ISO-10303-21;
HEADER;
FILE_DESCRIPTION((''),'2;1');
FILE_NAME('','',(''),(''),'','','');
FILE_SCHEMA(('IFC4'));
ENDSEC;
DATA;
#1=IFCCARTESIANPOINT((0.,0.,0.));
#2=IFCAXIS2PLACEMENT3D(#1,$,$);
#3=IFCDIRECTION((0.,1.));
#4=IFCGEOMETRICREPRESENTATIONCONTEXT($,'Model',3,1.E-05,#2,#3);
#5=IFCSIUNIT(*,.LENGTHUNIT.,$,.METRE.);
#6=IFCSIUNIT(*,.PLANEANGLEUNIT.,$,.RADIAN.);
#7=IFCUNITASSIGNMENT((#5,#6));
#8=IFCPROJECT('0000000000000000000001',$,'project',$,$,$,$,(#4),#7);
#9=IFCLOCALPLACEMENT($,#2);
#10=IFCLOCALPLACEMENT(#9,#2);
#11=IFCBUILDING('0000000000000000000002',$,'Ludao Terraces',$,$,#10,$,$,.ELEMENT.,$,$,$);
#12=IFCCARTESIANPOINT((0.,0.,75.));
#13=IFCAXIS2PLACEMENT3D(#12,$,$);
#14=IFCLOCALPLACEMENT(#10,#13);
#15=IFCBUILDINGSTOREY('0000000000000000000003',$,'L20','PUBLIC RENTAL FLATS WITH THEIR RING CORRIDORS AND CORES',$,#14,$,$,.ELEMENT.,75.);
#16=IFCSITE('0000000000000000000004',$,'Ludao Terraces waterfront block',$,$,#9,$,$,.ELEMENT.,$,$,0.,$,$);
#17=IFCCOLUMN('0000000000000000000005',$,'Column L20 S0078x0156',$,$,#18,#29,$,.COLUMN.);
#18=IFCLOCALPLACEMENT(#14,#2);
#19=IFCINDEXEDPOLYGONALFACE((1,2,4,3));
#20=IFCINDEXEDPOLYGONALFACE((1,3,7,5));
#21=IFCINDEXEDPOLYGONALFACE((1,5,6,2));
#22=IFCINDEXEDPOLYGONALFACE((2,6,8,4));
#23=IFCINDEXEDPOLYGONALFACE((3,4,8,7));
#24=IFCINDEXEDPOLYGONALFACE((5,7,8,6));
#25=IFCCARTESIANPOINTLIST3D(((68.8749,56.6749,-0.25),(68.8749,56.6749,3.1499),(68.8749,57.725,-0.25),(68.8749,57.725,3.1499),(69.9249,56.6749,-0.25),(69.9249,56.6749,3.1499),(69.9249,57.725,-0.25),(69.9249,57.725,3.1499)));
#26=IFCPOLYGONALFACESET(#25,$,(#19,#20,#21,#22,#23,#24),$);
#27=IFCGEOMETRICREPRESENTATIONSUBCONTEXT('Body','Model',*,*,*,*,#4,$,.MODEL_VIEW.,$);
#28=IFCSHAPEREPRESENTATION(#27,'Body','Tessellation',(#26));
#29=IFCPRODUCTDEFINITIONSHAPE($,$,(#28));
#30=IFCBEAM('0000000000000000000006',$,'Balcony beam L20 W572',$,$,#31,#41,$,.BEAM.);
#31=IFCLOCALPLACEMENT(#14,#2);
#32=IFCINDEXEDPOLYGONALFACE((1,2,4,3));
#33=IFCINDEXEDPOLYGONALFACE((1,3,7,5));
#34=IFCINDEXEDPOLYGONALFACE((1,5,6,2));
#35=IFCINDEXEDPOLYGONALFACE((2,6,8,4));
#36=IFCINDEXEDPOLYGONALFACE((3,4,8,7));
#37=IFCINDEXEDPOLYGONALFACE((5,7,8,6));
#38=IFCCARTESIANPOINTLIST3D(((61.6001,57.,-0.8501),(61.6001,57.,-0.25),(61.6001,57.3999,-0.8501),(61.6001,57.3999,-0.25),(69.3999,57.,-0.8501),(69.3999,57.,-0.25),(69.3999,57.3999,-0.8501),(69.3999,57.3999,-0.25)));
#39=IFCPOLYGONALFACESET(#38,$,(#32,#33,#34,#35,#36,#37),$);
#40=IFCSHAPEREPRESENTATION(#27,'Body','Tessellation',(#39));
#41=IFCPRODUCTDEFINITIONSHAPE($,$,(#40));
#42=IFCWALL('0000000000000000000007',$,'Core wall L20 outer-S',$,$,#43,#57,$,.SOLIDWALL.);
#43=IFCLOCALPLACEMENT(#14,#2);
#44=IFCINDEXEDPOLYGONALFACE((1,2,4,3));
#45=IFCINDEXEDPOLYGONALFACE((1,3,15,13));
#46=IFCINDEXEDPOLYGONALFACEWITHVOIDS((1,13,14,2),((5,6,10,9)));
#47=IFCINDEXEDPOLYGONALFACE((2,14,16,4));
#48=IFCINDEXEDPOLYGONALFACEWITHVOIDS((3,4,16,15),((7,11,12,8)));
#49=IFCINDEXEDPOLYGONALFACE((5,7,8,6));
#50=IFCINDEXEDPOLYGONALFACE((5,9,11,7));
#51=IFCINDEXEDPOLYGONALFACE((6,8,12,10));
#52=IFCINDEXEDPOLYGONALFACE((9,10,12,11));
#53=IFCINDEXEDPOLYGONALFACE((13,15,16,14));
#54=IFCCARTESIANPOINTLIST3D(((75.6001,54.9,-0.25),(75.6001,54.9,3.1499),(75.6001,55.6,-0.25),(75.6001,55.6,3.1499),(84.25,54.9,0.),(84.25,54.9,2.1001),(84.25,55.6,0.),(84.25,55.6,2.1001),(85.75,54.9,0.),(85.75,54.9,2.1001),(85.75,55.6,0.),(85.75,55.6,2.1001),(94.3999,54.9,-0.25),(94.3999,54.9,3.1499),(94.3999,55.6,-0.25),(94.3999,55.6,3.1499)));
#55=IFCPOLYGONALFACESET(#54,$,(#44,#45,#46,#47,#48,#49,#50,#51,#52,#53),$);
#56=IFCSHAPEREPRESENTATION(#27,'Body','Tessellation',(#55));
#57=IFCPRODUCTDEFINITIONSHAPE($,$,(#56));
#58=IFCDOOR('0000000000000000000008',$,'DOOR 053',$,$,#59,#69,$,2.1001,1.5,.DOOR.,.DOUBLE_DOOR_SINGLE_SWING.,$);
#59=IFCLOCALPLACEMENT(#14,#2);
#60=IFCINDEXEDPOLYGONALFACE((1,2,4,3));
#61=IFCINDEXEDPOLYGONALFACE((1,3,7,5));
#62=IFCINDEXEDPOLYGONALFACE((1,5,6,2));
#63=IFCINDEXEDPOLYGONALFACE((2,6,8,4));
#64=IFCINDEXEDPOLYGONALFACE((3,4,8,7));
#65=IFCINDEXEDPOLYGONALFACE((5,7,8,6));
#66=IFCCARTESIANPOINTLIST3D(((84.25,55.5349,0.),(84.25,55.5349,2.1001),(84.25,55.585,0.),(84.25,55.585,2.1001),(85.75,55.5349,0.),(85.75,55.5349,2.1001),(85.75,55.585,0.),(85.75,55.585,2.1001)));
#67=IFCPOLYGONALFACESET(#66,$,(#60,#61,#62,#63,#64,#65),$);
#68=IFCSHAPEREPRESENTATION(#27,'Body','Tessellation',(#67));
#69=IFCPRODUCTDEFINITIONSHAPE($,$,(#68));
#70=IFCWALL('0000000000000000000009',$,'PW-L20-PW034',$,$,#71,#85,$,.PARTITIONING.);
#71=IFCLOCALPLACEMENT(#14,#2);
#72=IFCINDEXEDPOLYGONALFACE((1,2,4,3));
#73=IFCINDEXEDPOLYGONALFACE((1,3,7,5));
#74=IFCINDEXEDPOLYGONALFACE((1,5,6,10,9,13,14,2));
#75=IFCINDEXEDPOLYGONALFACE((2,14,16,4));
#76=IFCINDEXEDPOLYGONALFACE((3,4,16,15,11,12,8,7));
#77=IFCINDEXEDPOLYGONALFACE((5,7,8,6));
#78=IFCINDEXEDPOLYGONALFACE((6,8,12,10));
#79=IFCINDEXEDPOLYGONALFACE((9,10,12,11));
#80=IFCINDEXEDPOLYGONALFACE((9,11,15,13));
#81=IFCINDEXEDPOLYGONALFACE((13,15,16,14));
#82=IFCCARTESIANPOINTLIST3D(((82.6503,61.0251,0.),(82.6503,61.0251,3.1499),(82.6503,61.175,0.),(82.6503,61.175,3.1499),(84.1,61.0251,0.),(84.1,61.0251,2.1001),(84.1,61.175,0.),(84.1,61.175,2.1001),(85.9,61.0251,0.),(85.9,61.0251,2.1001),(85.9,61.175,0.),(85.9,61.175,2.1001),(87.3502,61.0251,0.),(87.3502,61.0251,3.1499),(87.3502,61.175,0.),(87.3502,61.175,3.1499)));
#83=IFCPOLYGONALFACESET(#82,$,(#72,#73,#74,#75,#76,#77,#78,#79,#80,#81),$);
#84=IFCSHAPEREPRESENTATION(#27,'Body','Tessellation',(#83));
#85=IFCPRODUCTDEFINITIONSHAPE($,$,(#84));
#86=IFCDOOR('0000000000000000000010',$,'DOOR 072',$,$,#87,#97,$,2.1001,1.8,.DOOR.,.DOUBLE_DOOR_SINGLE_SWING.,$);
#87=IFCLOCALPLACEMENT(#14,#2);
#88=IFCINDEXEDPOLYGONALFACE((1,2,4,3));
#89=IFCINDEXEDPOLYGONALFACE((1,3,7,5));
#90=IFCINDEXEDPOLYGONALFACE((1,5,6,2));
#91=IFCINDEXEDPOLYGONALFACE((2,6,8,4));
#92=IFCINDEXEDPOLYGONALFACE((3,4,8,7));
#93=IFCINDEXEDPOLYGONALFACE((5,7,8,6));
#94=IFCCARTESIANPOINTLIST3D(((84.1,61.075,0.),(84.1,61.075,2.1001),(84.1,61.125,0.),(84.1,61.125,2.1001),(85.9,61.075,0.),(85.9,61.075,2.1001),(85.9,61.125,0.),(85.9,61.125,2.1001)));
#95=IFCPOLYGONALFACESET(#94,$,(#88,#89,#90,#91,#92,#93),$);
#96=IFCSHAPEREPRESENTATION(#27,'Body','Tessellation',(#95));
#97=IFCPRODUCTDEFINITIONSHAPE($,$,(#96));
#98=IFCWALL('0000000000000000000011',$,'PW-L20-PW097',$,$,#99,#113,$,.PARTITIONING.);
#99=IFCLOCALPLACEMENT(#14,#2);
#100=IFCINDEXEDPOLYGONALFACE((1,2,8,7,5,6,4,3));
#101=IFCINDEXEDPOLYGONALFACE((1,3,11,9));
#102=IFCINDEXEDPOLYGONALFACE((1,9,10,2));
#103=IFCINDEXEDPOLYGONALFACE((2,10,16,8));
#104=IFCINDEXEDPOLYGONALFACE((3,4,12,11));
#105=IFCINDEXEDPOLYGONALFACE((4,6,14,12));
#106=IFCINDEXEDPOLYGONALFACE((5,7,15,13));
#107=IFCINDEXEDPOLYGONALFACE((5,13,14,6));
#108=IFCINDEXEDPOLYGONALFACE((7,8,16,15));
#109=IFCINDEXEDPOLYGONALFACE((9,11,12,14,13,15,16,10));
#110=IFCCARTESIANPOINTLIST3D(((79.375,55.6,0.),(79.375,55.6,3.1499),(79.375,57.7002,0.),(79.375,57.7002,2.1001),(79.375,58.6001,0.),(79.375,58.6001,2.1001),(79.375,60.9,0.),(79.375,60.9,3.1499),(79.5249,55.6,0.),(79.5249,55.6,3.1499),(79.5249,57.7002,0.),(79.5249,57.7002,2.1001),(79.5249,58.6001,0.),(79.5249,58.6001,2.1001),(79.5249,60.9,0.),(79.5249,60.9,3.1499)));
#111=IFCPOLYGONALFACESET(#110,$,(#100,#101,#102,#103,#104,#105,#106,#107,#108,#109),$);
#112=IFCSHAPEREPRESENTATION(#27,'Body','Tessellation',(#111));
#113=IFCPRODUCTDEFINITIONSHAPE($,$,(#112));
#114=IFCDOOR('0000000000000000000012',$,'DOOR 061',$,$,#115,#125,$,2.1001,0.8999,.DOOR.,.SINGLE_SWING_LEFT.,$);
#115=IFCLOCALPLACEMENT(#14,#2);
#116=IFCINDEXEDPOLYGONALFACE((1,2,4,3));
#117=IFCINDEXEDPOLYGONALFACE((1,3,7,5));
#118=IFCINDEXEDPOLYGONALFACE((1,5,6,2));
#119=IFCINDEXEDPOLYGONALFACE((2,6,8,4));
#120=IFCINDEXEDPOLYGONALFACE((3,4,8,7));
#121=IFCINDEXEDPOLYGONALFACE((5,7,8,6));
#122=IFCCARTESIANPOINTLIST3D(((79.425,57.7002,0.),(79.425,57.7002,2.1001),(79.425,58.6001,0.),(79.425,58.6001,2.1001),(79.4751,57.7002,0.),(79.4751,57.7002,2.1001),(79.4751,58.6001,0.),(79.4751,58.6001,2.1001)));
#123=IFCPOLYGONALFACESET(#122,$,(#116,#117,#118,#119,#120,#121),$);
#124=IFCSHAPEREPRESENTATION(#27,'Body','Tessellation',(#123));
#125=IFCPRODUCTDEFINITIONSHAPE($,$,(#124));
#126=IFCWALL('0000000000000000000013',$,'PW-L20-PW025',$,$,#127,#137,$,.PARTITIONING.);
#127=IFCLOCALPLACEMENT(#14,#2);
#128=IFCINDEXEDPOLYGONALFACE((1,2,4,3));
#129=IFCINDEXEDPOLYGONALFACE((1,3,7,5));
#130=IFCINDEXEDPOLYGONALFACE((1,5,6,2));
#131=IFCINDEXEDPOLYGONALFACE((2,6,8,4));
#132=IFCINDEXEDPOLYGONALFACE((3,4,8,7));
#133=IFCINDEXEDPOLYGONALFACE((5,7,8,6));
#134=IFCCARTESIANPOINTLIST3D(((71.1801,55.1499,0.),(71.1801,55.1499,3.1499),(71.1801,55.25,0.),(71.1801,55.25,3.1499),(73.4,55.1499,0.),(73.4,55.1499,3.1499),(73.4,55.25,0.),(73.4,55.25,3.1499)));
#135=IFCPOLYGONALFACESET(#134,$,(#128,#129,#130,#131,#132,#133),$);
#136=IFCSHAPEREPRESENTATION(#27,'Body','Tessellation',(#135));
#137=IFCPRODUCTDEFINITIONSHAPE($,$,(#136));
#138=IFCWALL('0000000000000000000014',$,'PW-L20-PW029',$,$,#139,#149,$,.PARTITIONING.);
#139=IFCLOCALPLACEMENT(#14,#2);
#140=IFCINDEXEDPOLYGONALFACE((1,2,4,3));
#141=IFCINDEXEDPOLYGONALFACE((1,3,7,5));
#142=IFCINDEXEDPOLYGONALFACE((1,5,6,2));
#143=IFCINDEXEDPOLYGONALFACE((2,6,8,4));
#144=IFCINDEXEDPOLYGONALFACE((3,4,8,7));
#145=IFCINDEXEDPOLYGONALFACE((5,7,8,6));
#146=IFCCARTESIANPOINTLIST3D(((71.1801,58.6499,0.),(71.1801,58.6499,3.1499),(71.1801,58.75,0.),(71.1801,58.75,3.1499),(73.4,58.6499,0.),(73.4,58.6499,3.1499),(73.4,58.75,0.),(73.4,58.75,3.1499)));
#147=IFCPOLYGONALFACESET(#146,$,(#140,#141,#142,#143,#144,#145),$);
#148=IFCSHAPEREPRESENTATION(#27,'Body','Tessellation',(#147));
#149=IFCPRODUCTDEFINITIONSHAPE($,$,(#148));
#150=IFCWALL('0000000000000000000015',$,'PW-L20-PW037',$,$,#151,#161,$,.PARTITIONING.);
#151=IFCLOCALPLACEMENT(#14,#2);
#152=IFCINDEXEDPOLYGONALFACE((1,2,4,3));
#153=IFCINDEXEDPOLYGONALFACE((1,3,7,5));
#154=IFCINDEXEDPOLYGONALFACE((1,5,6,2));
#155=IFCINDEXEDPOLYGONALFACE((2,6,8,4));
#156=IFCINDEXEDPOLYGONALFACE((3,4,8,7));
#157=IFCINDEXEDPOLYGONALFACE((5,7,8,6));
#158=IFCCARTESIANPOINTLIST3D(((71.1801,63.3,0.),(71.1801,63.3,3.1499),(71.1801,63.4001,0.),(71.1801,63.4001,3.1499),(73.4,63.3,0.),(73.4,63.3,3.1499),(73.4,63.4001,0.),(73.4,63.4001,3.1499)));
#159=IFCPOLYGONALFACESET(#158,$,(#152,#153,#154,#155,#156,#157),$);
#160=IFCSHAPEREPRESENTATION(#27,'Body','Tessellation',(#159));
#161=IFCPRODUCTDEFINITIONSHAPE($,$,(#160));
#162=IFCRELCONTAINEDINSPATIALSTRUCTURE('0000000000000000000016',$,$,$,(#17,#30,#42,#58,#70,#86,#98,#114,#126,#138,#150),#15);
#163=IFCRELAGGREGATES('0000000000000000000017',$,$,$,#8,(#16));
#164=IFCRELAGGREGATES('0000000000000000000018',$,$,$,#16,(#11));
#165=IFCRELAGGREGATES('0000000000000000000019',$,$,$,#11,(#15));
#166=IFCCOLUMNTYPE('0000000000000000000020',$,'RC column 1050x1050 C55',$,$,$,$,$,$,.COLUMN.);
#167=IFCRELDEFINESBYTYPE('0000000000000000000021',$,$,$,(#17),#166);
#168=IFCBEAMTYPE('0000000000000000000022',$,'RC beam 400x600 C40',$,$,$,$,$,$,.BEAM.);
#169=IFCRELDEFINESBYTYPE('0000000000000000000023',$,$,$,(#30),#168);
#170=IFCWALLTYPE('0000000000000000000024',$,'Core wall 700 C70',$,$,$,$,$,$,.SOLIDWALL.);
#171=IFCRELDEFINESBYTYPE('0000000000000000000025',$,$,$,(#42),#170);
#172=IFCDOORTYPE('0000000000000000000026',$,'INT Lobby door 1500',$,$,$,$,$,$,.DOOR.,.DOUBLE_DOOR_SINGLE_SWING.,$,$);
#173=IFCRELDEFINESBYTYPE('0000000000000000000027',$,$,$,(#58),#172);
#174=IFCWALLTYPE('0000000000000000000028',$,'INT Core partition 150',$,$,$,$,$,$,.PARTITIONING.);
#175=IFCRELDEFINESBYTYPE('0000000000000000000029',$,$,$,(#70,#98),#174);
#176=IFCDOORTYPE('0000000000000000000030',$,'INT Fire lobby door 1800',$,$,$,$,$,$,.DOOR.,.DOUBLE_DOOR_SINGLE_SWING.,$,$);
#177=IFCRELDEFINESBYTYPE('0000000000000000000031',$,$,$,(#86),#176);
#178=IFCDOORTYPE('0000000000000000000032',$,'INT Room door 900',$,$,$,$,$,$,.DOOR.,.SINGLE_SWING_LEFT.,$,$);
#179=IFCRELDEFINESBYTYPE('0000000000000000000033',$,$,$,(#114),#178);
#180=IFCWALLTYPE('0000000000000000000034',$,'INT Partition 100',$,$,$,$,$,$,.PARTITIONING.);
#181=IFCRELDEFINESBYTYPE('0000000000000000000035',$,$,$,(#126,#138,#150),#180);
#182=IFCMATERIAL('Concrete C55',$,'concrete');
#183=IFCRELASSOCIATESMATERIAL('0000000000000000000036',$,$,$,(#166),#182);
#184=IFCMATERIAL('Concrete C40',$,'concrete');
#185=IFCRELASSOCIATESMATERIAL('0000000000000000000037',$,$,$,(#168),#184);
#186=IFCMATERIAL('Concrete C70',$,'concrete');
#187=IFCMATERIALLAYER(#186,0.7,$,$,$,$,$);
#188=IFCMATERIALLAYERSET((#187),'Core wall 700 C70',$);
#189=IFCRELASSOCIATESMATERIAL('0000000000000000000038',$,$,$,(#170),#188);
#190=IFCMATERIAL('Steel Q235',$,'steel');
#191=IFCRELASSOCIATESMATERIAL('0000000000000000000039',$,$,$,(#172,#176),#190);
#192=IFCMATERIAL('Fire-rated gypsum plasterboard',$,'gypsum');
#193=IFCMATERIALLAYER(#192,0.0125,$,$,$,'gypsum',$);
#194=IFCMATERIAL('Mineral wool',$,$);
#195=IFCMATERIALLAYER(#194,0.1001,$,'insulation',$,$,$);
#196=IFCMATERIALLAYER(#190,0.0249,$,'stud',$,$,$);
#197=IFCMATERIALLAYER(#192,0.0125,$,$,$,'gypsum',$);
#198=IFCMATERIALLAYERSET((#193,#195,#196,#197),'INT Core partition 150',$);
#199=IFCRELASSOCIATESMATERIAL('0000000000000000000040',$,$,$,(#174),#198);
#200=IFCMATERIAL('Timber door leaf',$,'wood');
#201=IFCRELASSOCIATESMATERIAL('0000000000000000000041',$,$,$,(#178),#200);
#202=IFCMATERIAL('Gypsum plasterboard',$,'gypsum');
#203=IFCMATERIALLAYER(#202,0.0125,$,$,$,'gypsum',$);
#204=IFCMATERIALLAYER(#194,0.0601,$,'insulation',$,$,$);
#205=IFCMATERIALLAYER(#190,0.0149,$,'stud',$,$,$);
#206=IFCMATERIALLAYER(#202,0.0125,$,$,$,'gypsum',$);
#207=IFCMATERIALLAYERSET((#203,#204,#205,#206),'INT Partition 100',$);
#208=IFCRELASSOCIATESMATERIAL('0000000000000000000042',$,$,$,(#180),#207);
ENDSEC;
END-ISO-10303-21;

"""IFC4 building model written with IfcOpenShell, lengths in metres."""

from ifc_helpers import new_model, si_unit, direction, frame, frame_2d, origin, origin_2d, place, context, subcontext, project, spatial, rectangle, extrude, material, layer, layer_set, material_profile, profile_set, type_object, element, fill, save


model = new_model("IFC4")

# Units and contexts
model_context = context("Model", 3, precision=1e-05, world=origin(), true_north=direction((0.0, 1.0)))
body_context = subcontext(model_context, "Body", "Model", "MODEL_VIEW")
ifc_project = project(units=[si_unit("LENGTHUNIT", "METRE"), si_unit("PLANEANGLEUNIT", "RADIAN")], contexts=[model_context])

# Site, building, storey
site_placement = place(None, origin())
site = spatial("IfcSite", under=ifc_project, at=site_placement, Name="Ludao Terraces waterfront block", CompositionType="ELEMENT", RefElevation=0.0)
building_placement = place(site_placement, origin())
building = spatial("IfcBuilding", under=site, at=building_placement, Name="Ludao Terraces", CompositionType="ELEMENT")
storey_placement = place(building_placement, frame((0.0, 0.0, 75.0)))
storey = spatial("IfcBuildingStorey", under=building, at=storey_placement, Name="L20", Description="PUBLIC RENTAL FLATS WITH THEIR RING CORRIDORS AND CORES", CompositionType="ELEMENT", Elevation=75.0)

# Column
ifc_material_1 = material(Name="Concrete C55", Category="concrete")
ifc_material_profile_1 = material_profile(ifc_material_1, rectangle(XDim=1.05, YDim=1.05, at=origin_2d()), Name="1050 X 1050")
ifc_profile_set_1 = profile_set([ifc_material_profile_1], Name="Concrete C55")
column_type = type_object("IfcColumnType", Name="RC column 1050x1050 C55", PredefinedType="COLUMN", material=ifc_profile_set_1)
column_placement = place(storey_placement, frame((69.3999, 57.2, -0.25), z_axis=(0.0, 0.0, 1.0), x_axis=(1.0, 0.0, 0.0)))
element("IfcColumn", 1, at=column_placement, inside=storey, type_object=column_type, Name="Column L20 S0078x0156", PredefinedType="COLUMN", context=body_context, shape_type="SweptSolid", body=[
    extrude(rectangle(XDim=1.05, YDim=1.05, at=origin_2d()), origin(), (0.0, 0.0, 1.0), 3.3999),
])

# Beam
ifc_material_2 = material(Name="Concrete C40", Category="concrete")
ifc_material_profile_2 = material_profile(ifc_material_2, rectangle(XDim=0.3999, YDim=0.6001, at=origin_2d()), Name="400 X 600")
ifc_profile_set_2 = profile_set([ifc_material_profile_2], Name="Concrete C40")
beam_type = type_object("IfcBeamType", Name="RC beam 400x600 C40", PredefinedType="BEAM", material=ifc_profile_set_2)
beam_placement = place(storey_placement, frame((69.3999, 57.2, -0.55), z_axis=(-1.0, 0.0, 0.0), x_axis=(0.0, -1.0, 0.0)))
element("IfcBeam", 2, at=beam_placement, inside=storey, type_object=beam_type, Name="Balcony beam L20 W572", PredefinedType="BEAM", context=body_context, shape_type="SweptSolid", body=[
    extrude(rectangle(XDim=0.3999, YDim=0.6001, at=origin_2d()), origin(), (0.0, 0.0, 1.0), 7.7998),
])

# Walls, openings, doors
ifc_material_3 = material(Name="Concrete C70", Category="concrete")
ifc_layer_1 = layer(ifc_material_3, 0.7)
ifc_layer_set_1 = layer_set([ifc_layer_1], Name="Core wall 700 C70")
wall_type_1 = type_object("IfcWallType", Name="Core wall 700 C70", PredefinedType="SOLIDWALL", material=ifc_layer_set_1)
wall_1_placement = place(storey_placement, frame((75.6001, 55.25, -0.25), z_axis=(0.0, 0.0, 1.0), x_axis=(1.0, 0.0, 0.0)))
wall_1 = element("IfcWall", 3, at=wall_1_placement, inside=storey, type_object=wall_type_1, Name="Core wall L20 outer-S", PredefinedType="SOLIDWALL", context=body_context, shape_type="SweptSolid", body=[
    extrude(rectangle(XDim=18.7998, YDim=0.7, at=frame_2d((9.3999, 0.0))), origin(), (0.0, 0.0, 1.0), 3.3999),
])
opening_1_placement = place(wall_1_placement, frame((8.6499, 0.0, 0.25)))
opening_1 = element("IfcOpeningElement", 4, at=opening_1_placement, cuts=wall_1, PredefinedType="OPENING", context=body_context, shape_type="SweptSolid", body=[
    extrude(rectangle(XDim=1.5, YDim=2.1001, at=frame_2d((0.75, 1.05))), frame((0.0, 0.3599, 0.0), z_axis=(0.0, -1.0, 0.0), x_axis=(1.0, 0.0, 0.0)), (0.0, 0.0, 1.0), 0.72),
])
ifc_material_4 = material(Name="Steel Q235", Category="steel")
door_type_1 = type_object("IfcDoorType", Name="INT Lobby door 1500", OperationType="DOUBLE_DOOR_SINGLE_SWING", PredefinedType="DOOR", material=ifc_material_4)
door_1_placement = place(opening_1_placement, origin())
door_1 = element("IfcDoor", 5, at=door_1_placement, inside=storey, type_object=door_type_1, Name="DOOR 053", OperationType="DOUBLE_DOOR_SINGLE_SWING", OverallHeight=2.1001, OverallWidth=1.5, PredefinedType="DOOR", context=body_context, shape_type="SweptSolid", body=[
    extrude(rectangle(XDim=1.5, YDim=2.1001, at=frame_2d((0.75, 1.05))), frame((0.0, 0.335, 0.0), z_axis=(0.0, -1.0, 0.0), x_axis=(1.0, 0.0, 0.0)), (0.0, 0.0, 1.0), 0.05),
])
fill(opening_1, door_1)
ifc_material_5 = material(Name="Fire-rated gypsum plasterboard", Category="gypsum")
ifc_layer_2 = layer(ifc_material_5, 0.0125, Category="gypsum")
ifc_material_6 = material(Name="Mineral wool")
ifc_layer_3 = layer(ifc_material_6, 0.1001, Name="insulation")
ifc_layer_4 = layer(ifc_material_4, 0.0249, Name="stud")
ifc_layer_5 = layer(ifc_material_5, 0.0125, Category="gypsum")
ifc_layer_set_2 = layer_set([ifc_layer_2, ifc_layer_3, ifc_layer_4, ifc_layer_5], Name="INT Core partition 150")
wall_type_2 = type_object("IfcWallType", Name="INT Core partition 150", PredefinedType="PARTITIONING", material=ifc_layer_set_2)
wall_2_placement = place(storey_placement, frame((82.6501, 61.1001, 0.0), z_axis=(0.0, 0.0, 1.0), x_axis=(1.0, 0.0, 0.0)))
wall_2 = element("IfcWall", 6, at=wall_2_placement, inside=storey, type_object=wall_type_2, Name="PW-L20-PW034", PredefinedType="PARTITIONING", context=body_context, shape_type="SweptSolid", body=[
    extrude(rectangle(XDim=4.7, YDim=0.1499, at=frame_2d((2.3501, 0.0))), origin(), (0.0, 0.0, 1.0), 3.1499),
])
opening_2_placement = place(wall_2_placement, frame((1.45, 0.0, 0.0)))
opening_2 = element("IfcOpeningElement", 7, at=opening_2_placement, cuts=wall_2, PredefinedType="OPENING", context=body_context, shape_type="SweptSolid", body=[
    extrude(rectangle(XDim=1.8, YDim=2.1001, at=frame_2d((0.8999, 1.05))), frame((0.0, 0.085, 0.0), z_axis=(0.0, -1.0, 0.0), x_axis=(1.0, 0.0, 0.0)), (0.0, 0.0, 1.0), 0.1699),
])
door_type_2 = type_object("IfcDoorType", Name="INT Fire lobby door 1800", OperationType="DOUBLE_DOOR_SINGLE_SWING", PredefinedType="DOOR", material=ifc_material_4)
door_2_placement = place(opening_2_placement, origin())
door_2 = element("IfcDoor", 8, at=door_2_placement, inside=storey, type_object=door_type_2, Name="DOOR 072", OperationType="DOUBLE_DOOR_SINGLE_SWING", OverallHeight=2.1001, OverallWidth=1.8, PredefinedType="DOOR", context=body_context, shape_type="SweptSolid", body=[
    extrude(rectangle(XDim=1.8, YDim=2.1001, at=frame_2d((0.8999, 1.05))), frame((0.0, 0.0249, 0.0), z_axis=(0.0, -1.0, 0.0), x_axis=(1.0, 0.0, 0.0)), (0.0, 0.0, 1.0), 0.05),
])
fill(opening_2, door_2)
wall_3_placement = place(storey_placement, frame((79.45, 55.6001, 0.0), z_axis=(0.0, 0.0, 1.0), x_axis=(0.0, 1.0, 0.0)))
wall_3 = element("IfcWall", 9, at=wall_3_placement, inside=storey, type_object=wall_type_2, Name="PW-L20-PW097", PredefinedType="PARTITIONING", context=body_context, shape_type="SweptSolid", body=[
    extrude(rectangle(XDim=5.3, YDim=0.1499, at=frame_2d((2.6499, 0.0))), origin(), (0.0, 0.0, 1.0), 3.1499),
])
opening_3_placement = place(wall_3_placement, frame((2.1001, 0.0, 0.0)))
opening_3 = element("IfcOpeningElement", 10, at=opening_3_placement, cuts=wall_3, PredefinedType="OPENING", context=body_context, shape_type="SweptSolid", body=[
    extrude(rectangle(XDim=0.8999, YDim=2.1001, at=frame_2d((0.45, 1.05))), frame((0.0, 0.085, 0.0), z_axis=(0.0, -1.0, 0.0), x_axis=(1.0, 0.0, 0.0)), (0.0, 0.0, 1.0), 0.1699),
])
ifc_material_7 = material(Name="Timber door leaf", Category="wood")
door_type_3 = type_object("IfcDoorType", Name="INT Room door 900", OperationType="SINGLE_SWING_LEFT", PredefinedType="DOOR", material=ifc_material_7)
door_3_placement = place(opening_3_placement, origin())
door_3 = element("IfcDoor", 11, at=door_3_placement, inside=storey, type_object=door_type_3, Name="DOOR 061", OperationType="SINGLE_SWING_LEFT", OverallHeight=2.1001, OverallWidth=0.8999, PredefinedType="DOOR", context=body_context, shape_type="SweptSolid", body=[
    extrude(rectangle(XDim=0.8999, YDim=2.1001, at=frame_2d((0.45, 1.05))), frame((0.0, 0.0249, 0.0), z_axis=(0.0, -1.0, 0.0), x_axis=(1.0, 0.0, 0.0)), (0.0, 0.0, 1.0), 0.05),
])
fill(opening_3, door_3)

# Walls
ifc_material_8 = material(Name="Gypsum plasterboard", Category="gypsum")
ifc_layer_6 = layer(ifc_material_8, 0.0125, Category="gypsum")
ifc_layer_7 = layer(ifc_material_6, 0.0601, Name="insulation")
ifc_layer_8 = layer(ifc_material_4, 0.0149, Name="stud")
ifc_layer_9 = layer(ifc_material_8, 0.0125, Category="gypsum")
ifc_layer_set_3 = layer_set([ifc_layer_6, ifc_layer_7, ifc_layer_8, ifc_layer_9], Name="INT Partition 100")
wall_type_3 = type_object("IfcWallType", Name="INT Partition 100", PredefinedType="PARTITIONING", material=ifc_layer_set_3)
for number, where, z_axis, x_axis, name in (
    (12, (71.1802, 55.2, 0.0), (0.0, 0.0, 1.0), (1.0, 0.0, 0.0), "PW-L20-PW025"),
    (13, (71.1802, 58.7, 0.0), (0.0, 0.0, 1.0), (1.0, 0.0, 0.0), "PW-L20-PW029"),
    (14, (71.1802, 63.3501, 0.0), (0.0, 0.0, 1.0), (1.0, 0.0, 0.0), "PW-L20-PW037"),
):
    element("IfcWall", number, at=place(storey_placement, frame(where, z_axis=z_axis, x_axis=x_axis)), inside=storey, type_object=wall_type_3, Name=name, PredefinedType="PARTITIONING", context=body_context, shape_type="SweptSolid", body=[
        extrude(rectangle(XDim=2.22, YDim=0.1001, at=frame_2d((1.1099, 0.0))), origin(), (0.0, 0.0, 1.0), 3.1499),
    ])

save(model, "model.ifc")
